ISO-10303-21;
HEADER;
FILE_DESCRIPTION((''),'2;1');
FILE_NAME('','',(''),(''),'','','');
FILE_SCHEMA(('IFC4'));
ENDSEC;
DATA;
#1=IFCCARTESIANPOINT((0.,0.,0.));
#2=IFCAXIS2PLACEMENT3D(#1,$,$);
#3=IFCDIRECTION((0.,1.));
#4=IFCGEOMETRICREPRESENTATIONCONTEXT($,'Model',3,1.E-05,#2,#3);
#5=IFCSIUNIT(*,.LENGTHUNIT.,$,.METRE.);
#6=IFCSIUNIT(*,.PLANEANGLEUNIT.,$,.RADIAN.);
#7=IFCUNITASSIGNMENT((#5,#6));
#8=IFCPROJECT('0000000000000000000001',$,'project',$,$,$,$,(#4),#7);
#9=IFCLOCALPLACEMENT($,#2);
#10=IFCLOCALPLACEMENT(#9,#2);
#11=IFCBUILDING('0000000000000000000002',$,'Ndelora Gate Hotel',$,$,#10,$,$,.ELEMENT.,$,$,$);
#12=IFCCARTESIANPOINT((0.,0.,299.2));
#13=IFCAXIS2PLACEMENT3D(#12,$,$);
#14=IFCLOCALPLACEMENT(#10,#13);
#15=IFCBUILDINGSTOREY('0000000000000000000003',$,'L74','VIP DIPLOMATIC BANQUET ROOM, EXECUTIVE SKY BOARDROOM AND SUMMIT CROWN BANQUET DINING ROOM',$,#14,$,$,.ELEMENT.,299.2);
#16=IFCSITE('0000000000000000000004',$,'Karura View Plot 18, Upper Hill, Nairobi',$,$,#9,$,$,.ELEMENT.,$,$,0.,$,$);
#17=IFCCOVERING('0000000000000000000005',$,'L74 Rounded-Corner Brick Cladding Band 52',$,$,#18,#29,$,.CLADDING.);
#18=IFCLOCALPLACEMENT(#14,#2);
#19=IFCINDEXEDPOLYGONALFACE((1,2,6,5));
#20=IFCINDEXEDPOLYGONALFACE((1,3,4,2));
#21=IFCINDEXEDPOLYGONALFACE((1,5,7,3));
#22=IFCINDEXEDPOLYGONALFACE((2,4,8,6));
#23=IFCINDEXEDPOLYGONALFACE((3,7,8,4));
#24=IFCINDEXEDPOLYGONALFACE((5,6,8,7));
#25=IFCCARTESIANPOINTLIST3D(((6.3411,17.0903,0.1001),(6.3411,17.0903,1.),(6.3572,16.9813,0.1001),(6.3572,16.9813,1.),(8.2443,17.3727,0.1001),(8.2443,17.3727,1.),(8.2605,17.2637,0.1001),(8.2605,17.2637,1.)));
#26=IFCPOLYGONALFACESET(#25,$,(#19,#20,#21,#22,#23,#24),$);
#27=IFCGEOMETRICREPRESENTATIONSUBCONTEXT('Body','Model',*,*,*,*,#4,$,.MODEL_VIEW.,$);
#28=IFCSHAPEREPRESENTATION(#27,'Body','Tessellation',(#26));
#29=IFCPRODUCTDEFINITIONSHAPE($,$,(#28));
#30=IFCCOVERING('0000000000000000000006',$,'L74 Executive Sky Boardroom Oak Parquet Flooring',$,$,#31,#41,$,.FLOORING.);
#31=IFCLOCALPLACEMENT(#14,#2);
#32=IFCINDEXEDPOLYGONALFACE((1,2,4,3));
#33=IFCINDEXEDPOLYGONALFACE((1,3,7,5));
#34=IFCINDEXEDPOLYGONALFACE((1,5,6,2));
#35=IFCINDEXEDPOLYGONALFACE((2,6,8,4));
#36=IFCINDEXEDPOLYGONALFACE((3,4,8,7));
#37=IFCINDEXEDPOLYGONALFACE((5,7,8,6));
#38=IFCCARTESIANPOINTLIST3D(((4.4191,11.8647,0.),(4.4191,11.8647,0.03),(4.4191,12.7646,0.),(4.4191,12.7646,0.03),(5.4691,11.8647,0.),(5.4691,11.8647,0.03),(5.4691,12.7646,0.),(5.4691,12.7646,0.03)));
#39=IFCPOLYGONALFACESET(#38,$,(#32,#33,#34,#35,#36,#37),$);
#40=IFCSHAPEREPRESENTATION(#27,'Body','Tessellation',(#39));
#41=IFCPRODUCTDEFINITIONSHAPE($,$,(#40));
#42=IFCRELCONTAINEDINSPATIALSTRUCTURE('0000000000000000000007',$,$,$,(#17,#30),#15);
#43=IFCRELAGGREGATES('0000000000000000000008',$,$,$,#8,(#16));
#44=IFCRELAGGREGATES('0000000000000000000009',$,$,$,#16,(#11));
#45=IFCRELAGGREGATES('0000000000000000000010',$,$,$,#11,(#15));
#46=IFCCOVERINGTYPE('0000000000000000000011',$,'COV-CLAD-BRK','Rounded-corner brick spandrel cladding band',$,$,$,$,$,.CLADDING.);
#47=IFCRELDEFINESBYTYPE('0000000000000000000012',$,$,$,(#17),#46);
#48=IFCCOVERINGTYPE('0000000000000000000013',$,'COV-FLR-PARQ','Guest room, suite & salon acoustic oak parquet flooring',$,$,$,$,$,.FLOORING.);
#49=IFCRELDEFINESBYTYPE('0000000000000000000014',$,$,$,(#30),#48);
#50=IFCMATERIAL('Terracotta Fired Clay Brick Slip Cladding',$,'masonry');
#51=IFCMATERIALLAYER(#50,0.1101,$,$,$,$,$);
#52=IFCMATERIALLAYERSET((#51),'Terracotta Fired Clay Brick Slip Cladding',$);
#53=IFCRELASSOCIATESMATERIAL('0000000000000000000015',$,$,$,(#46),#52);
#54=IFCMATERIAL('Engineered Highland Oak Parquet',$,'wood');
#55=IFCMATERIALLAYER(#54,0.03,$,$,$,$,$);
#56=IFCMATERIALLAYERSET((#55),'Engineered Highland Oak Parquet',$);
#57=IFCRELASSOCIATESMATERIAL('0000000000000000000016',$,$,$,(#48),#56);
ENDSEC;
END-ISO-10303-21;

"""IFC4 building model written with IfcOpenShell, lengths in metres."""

from ifc_helpers import new_model, si_unit, direction, frame, origin, origin_2d, place, context, subcontext, project, spatial, rectangle, extrude, material, layer, layer_set, type_object, element, save


model = new_model("IFC4")

# Units and contexts
model_context = context("Model", 3, precision=1e-05, world=origin(), true_north=direction((0.0, 1.0)))
body_context = subcontext(model_context, "Body", "Model", "MODEL_VIEW")
ifc_project = project(units=[si_unit("LENGTHUNIT", "METRE"), si_unit("PLANEANGLEUNIT", "RADIAN")], contexts=[model_context])

# Site, building, storey
site_placement = place(None, origin())
site = spatial("IfcSite", under=ifc_project, at=site_placement, Name="Karura View Plot 18, Upper Hill, Nairobi", CompositionType="ELEMENT", RefElevation=0.0)
building_placement = place(site_placement, origin())
building = spatial("IfcBuilding", under=site, at=building_placement, Name="Ndelora Gate Hotel", CompositionType="ELEMENT")
storey_placement = place(building_placement, frame((0.0, 0.0, 299.2)))
storey = spatial("IfcBuildingStorey", under=building, at=storey_placement, Name="L74", Description="VIP DIPLOMATIC BANQUET ROOM, EXECUTIVE SKY BOARDROOM AND SUMMIT CROWN BANQUET DINING ROOM", CompositionType="ELEMENT", Elevation=299.2)

# Coverings
ifc_material_1 = material(Name="Terracotta Fired Clay Brick Slip Cladding", Category="masonry")
ifc_layer_1 = layer(ifc_material_1, 0.1101)
ifc_layer_set_1 = layer_set([ifc_layer_1], Name="Terracotta Fired Clay Brick Slip Cladding")
covering_type_1 = type_object("IfcCoveringType", Name="COV-CLAD-BRK", Description="Rounded-corner brick spandrel cladding band", PredefinedType="CLADDING", material=ifc_layer_set_1)
covering_1_placement = place(storey_placement, frame((7.3008, 17.177, 0.1001), z_axis=(0.0, 0.0, 1.0), x_axis=(0.98917, 0.146774, 0.0)))
element("IfcCovering", 1, at=covering_1_placement, inside=storey, type_object=covering_type_1, Name="L74 Rounded-Corner Brick Cladding Band 52", PredefinedType="CLADDING", context=body_context, shape_type="SweptSolid", body=[
    extrude(rectangle(XDim=1.9241, YDim=0.1101, at=origin_2d()), origin(), (0.0, 0.0, 1.0), 0.8999),
])
ifc_material_2 = material(Name="Engineered Highland Oak Parquet", Category="wood")
ifc_layer_2 = layer(ifc_material_2, 0.03)
ifc_layer_set_2 = layer_set([ifc_layer_2], Name="Engineered Highland Oak Parquet")
covering_type_2 = type_object("IfcCoveringType", Name="COV-FLR-PARQ", Description="Guest room, suite & salon acoustic oak parquet flooring", PredefinedType="FLOORING", material=ifc_layer_set_2)
covering_2_placement = place(storey_placement, frame((4.9441, 12.3147, 0.0), z_axis=(0.0, 0.0, 1.0), x_axis=(1.0, 0.0, 0.0)))
element("IfcCovering", 2, at=covering_2_placement, inside=storey, type_object=covering_type_2, Name="L74 Executive Sky Boardroom Oak Parquet Flooring", PredefinedType="FLOORING", context=body_context, shape_type="SweptSolid", body=[
    extrude(rectangle(XDim=1.05, YDim=0.8999, at=origin_2d()), origin(), (0.0, 0.0, 1.0), 0.03),
])

save(model, "model.ifc")
